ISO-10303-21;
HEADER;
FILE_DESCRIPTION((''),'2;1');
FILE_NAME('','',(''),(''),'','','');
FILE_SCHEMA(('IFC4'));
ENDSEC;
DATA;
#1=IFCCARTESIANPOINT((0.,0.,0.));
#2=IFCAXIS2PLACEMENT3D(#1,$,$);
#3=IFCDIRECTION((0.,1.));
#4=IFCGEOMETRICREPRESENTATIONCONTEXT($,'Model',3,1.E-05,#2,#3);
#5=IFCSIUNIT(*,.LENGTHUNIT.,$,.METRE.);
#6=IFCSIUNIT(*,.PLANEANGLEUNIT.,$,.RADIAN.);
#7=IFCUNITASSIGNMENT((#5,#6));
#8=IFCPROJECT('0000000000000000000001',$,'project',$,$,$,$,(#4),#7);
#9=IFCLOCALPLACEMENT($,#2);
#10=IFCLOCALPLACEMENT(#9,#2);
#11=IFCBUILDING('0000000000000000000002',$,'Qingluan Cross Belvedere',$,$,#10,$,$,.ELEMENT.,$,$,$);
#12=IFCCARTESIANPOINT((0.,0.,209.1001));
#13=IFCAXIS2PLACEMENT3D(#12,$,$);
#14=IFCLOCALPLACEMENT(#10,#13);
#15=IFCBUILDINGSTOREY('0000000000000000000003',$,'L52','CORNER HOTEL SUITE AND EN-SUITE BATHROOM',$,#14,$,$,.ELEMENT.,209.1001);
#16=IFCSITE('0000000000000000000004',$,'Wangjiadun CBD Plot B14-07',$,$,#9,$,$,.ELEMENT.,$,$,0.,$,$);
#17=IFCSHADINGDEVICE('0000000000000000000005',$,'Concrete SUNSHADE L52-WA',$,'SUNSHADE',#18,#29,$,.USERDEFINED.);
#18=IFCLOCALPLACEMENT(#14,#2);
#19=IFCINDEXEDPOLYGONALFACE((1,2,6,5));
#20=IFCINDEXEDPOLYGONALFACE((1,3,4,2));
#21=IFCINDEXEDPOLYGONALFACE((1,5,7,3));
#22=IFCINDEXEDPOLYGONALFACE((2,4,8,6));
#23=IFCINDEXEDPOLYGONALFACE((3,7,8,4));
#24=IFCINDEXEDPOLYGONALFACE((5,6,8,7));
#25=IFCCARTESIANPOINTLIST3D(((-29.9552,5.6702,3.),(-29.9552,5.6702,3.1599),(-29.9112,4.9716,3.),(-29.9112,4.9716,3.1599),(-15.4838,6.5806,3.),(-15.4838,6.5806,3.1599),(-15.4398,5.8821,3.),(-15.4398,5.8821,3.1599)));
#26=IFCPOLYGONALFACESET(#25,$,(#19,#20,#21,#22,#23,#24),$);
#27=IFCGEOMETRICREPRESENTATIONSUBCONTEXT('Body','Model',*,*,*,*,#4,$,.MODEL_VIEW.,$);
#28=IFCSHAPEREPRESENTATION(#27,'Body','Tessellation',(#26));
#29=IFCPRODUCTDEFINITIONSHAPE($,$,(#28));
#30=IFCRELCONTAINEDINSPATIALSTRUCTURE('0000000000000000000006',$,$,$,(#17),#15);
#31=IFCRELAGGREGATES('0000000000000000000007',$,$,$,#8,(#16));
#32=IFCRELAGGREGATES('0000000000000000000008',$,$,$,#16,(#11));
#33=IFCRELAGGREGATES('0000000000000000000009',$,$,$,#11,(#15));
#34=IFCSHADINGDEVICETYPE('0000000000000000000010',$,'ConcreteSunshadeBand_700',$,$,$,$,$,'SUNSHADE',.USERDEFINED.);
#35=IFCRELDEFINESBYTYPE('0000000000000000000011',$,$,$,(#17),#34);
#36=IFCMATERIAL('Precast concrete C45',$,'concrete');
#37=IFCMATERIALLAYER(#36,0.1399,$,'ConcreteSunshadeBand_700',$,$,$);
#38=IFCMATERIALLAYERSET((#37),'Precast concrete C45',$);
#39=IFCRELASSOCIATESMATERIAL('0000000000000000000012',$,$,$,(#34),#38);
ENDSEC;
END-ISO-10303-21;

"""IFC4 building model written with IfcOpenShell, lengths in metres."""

from ifc_helpers import new_model, si_unit, direction, frame, origin, origin_2d, place, context, subcontext, project, spatial, rectangle, extrude, material, layer, layer_set, type_object, element, save


model = new_model("IFC4")

# Units and contexts
model_context = context("Model", 3, precision=1e-05, world=origin(), true_north=direction((0.0, 1.0)))
body_context = subcontext(model_context, "Body", "Model", "MODEL_VIEW")
ifc_project = project(units=[si_unit("LENGTHUNIT", "METRE"), si_unit("PLANEANGLEUNIT", "RADIAN")], contexts=[model_context])

# Site, building, storey
site_placement = place(None, origin())
site = spatial("IfcSite", under=ifc_project, at=site_placement, Name="Wangjiadun CBD Plot B14-07", CompositionType="ELEMENT", RefElevation=0.0)
building_placement = place(site_placement, origin())
building = spatial("IfcBuilding", under=site, at=building_placement, Name="Qingluan Cross Belvedere", CompositionType="ELEMENT")
storey_placement = place(building_placement, frame((0.0, 0.0, 209.1001)))
storey = spatial("IfcBuildingStorey", under=building, at=storey_placement, Name="L52", Description="CORNER HOTEL SUITE AND EN-SUITE BATHROOM", CompositionType="ELEMENT", Elevation=209.1001)

# Shading device
ifc_material_1 = material(Name="Precast concrete C45", Category="concrete")
ifc_layer_1 = layer(ifc_material_1, 0.1399, Name="ConcreteSunshadeBand_700")
ifc_layer_set_1 = layer_set([ifc_layer_1], Name="Precast concrete C45")
shading_device_type = type_object("IfcShadingDeviceType", Name="ConcreteSunshadeBand_700", ElementType="SUNSHADE", PredefinedType="USERDEFINED", material=ifc_layer_set_1)
shading_device_placement = place(storey_placement, frame((-22.6975, 5.7761, 3.0), z_axis=(0.0, 0.0, 1.0), x_axis=(-0.998027, -0.062789, 0.0)))
element("IfcShadingDevice", 1, at=shading_device_placement, inside=storey, type_object=shading_device_type, Name="Concrete SUNSHADE L52-WA", ObjectType="SUNSHADE", PredefinedType="USERDEFINED", context=body_context, shape_type="SweptSolid", body=[
    extrude(rectangle(XDim=14.5, YDim=0.7, at=origin_2d()), origin(), (0.0, 0.0, 1.0), 0.1599),
])

save(model, "model.ifc")
